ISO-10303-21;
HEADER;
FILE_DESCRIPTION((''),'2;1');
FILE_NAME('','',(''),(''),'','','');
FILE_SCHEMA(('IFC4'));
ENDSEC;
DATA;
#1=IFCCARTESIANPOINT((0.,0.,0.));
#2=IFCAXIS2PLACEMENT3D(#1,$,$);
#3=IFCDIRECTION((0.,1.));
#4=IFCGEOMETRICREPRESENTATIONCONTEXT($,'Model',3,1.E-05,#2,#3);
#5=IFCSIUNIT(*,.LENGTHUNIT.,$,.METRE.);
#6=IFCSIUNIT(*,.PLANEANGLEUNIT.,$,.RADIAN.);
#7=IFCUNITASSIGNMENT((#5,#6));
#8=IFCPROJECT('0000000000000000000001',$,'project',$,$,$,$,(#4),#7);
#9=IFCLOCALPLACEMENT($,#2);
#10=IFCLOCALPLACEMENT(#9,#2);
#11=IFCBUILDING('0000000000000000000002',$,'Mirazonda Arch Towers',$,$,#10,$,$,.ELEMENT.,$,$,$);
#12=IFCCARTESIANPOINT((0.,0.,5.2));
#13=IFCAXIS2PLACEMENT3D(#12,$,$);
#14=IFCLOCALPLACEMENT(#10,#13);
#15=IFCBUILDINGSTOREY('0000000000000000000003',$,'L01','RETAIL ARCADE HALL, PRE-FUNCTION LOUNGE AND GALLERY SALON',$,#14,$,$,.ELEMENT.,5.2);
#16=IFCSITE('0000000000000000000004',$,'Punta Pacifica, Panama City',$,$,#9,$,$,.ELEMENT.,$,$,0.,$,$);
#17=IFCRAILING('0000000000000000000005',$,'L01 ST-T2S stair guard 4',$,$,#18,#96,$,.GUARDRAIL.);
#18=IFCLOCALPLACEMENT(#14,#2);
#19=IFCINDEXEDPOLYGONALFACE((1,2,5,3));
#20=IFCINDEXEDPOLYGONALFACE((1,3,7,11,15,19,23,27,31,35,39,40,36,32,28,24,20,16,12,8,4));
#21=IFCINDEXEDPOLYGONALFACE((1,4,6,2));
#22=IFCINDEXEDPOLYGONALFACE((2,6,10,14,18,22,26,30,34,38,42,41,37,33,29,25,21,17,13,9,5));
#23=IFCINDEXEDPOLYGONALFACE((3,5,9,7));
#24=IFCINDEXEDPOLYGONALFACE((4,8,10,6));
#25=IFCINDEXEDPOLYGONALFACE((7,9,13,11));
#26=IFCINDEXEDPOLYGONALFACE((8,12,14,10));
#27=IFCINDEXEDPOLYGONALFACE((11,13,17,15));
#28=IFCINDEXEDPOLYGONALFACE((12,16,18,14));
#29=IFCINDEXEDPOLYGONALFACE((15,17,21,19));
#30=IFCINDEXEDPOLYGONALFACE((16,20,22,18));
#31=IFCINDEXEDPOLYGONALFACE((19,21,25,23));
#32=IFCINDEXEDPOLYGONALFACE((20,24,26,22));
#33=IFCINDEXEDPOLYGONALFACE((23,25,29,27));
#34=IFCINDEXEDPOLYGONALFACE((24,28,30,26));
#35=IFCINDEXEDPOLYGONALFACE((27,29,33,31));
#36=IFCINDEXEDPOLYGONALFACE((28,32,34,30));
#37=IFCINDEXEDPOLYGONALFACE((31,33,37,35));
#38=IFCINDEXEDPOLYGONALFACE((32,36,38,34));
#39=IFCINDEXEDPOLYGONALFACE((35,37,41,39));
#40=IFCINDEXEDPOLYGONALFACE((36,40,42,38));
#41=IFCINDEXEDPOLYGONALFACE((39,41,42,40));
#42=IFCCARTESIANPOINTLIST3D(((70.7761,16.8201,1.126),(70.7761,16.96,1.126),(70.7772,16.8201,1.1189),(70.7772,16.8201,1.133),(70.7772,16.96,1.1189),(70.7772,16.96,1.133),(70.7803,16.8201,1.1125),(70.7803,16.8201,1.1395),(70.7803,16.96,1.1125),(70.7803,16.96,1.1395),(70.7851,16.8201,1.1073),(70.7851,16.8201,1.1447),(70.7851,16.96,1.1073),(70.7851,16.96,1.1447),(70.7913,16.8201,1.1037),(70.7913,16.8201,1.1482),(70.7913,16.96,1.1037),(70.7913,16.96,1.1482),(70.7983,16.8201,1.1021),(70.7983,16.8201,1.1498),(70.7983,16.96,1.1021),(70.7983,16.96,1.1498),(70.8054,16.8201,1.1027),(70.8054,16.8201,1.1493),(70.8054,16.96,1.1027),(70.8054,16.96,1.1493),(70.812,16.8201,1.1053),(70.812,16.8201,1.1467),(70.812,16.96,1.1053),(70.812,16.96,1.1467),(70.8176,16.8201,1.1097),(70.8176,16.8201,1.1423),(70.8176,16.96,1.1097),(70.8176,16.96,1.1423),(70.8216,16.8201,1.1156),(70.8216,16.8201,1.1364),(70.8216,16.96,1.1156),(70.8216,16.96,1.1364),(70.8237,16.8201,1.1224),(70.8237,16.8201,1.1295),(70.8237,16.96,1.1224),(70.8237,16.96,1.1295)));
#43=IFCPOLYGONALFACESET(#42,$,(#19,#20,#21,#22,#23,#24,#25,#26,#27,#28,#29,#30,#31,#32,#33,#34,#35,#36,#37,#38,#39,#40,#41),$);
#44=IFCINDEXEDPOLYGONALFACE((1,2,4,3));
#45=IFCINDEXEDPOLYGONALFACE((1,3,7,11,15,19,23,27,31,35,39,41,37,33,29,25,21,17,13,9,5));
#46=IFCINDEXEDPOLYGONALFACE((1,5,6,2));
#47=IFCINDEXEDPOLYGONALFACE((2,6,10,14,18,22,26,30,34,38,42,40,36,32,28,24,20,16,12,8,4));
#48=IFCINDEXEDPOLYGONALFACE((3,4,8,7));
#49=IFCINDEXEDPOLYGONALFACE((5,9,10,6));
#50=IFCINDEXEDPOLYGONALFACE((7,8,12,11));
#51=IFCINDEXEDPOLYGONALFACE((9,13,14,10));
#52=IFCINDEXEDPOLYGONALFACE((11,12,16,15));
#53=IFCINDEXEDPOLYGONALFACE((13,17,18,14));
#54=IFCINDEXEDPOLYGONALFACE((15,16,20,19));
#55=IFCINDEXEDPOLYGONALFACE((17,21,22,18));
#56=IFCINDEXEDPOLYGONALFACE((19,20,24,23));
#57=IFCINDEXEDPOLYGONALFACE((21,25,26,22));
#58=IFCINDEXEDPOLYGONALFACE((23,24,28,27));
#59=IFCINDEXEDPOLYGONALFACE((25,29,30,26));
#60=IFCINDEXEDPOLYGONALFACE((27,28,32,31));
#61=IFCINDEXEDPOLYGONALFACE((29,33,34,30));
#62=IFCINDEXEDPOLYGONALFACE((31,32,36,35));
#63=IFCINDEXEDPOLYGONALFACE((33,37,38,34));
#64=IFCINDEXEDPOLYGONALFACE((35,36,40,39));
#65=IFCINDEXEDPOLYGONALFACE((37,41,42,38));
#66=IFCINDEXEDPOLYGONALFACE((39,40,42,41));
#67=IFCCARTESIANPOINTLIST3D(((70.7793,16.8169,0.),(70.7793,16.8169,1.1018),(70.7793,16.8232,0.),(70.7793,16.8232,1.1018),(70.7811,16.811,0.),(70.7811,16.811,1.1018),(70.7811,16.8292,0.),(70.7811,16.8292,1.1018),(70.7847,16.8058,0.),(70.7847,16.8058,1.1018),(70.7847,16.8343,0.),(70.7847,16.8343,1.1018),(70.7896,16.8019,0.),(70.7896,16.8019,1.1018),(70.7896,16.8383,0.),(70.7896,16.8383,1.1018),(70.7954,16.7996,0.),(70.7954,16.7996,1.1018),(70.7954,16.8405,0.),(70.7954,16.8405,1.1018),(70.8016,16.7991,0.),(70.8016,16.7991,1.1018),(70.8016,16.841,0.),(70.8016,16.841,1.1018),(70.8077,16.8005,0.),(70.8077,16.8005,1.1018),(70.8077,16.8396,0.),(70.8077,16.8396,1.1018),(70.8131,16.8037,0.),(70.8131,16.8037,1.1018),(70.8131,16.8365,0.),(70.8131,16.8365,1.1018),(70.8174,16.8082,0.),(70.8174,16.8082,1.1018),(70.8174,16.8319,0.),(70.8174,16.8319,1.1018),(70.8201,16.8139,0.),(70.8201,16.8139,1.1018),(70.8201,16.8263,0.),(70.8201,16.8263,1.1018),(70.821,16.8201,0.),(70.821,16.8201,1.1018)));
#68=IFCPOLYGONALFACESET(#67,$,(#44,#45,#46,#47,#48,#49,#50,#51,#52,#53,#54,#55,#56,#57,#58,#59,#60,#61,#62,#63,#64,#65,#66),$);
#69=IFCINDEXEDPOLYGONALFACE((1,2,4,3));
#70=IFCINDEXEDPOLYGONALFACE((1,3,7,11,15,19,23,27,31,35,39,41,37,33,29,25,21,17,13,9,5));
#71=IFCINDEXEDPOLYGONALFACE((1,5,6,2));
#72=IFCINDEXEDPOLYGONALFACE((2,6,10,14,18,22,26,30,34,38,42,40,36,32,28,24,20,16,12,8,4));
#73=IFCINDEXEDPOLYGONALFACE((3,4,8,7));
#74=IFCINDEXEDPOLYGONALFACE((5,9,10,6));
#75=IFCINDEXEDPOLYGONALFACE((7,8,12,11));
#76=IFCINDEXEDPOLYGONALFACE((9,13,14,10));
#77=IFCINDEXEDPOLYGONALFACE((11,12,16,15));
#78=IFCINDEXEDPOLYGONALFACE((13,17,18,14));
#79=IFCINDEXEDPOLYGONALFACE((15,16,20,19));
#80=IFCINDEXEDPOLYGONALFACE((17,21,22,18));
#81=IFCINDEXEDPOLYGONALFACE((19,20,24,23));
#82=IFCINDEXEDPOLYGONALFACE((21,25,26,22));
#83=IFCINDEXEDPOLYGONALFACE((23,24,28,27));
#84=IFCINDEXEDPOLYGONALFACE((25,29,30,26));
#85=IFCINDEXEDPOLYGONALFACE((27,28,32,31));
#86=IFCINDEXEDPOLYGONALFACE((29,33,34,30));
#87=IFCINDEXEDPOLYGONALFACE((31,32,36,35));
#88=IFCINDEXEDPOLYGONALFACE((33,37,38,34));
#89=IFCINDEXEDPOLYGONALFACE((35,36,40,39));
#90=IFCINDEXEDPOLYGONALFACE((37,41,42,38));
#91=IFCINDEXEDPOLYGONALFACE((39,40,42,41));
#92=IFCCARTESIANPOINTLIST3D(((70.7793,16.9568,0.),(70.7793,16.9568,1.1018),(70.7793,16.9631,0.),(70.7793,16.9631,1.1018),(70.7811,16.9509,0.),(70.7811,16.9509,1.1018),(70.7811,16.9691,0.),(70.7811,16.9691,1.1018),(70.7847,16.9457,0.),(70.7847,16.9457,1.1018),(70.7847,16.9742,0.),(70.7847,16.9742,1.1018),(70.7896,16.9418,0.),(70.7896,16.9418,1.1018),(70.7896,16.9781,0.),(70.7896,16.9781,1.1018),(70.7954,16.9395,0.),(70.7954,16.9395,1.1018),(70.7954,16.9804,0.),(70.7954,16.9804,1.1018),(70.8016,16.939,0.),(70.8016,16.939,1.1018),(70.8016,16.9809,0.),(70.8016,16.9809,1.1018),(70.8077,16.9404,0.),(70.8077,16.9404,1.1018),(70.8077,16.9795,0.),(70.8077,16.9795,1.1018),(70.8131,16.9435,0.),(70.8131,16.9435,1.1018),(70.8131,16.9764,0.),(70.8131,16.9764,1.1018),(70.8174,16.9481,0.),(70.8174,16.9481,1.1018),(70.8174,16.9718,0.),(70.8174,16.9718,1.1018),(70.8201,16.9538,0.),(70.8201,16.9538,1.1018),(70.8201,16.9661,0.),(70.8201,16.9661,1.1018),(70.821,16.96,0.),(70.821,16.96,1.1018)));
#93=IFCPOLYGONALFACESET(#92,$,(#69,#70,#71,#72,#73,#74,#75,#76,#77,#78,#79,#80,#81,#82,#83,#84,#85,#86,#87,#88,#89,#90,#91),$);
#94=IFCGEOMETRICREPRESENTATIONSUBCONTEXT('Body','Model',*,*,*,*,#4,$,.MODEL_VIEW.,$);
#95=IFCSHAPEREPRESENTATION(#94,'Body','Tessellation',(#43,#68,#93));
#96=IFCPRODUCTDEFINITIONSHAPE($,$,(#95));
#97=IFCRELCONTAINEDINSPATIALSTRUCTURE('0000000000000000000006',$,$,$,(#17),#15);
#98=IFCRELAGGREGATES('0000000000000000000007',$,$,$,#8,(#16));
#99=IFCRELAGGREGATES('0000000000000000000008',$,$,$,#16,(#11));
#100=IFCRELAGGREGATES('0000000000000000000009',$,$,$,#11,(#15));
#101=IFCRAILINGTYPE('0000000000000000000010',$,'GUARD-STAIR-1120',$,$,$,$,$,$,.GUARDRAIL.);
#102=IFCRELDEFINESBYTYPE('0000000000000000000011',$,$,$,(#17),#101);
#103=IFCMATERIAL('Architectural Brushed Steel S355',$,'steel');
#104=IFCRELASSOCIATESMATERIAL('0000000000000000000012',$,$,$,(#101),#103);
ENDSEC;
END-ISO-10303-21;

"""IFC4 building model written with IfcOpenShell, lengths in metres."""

from ifc_helpers import new_model, si_unit, direction, frame, origin, origin_2d, place, context, subcontext, project, spatial, circle, extrude, material, type_object, element, save


model = new_model("IFC4")

# Units and contexts
model_context = context("Model", 3, precision=1e-05, world=origin(), true_north=direction((0.0, 1.0)))
body_context = subcontext(model_context, "Body", "Model", "MODEL_VIEW")
ifc_project = project(units=[si_unit("LENGTHUNIT", "METRE"), si_unit("PLANEANGLEUNIT", "RADIAN")], contexts=[model_context])

# Site, building, storey
site_placement = place(None, origin())
site = spatial("IfcSite", under=ifc_project, at=site_placement, Name="Punta Pacifica, Panama City", CompositionType="ELEMENT", RefElevation=0.0)
building_placement = place(site_placement, origin())
building = spatial("IfcBuilding", under=site, at=building_placement, Name="Mirazonda Arch Towers", CompositionType="ELEMENT")
storey_placement = place(building_placement, frame((0.0, 0.0, 5.2)))
storey = spatial("IfcBuildingStorey", under=building, at=storey_placement, Name="L01", Description="RETAIL ARCADE HALL, PRE-FUNCTION LOUNGE AND GALLERY SALON", CompositionType="ELEMENT", Elevation=5.2)

# Shared definitions
ifc_material_1 = material(Name="Architectural Brushed Steel S355", Category="steel")

# Railing
railing_type_1 = type_object("IfcRailingType", Name="GUARD-STAIR-1120", PredefinedType="GUARDRAIL", material=ifc_material_1)
railing_1_placement = place(storey_placement, frame((70.8, 16.8201, 0.0)))
element("IfcRailing", 1, at=railing_1_placement, inside=storey, type_object=railing_type_1, Name="L01 ST-T2S stair guard 4", PredefinedType="GUARDRAIL", context=body_context, shape_type="SweptSolid", body=[
    extrude(circle(Radius=0.0239, at=origin_2d()), frame((0.0, 0.0, 1.126), z_axis=(0.0, 1.0, 0.0), x_axis=(-1.0, 0.0, 0.0)), (0.0, 0.0, 1.0), 0.1399),
    extrude(circle(Radius=0.021, at=origin_2d()), origin(), (0.0, 0.0, 1.0), 1.1018),
    extrude(circle(Radius=0.021, at=origin_2d()), frame((0.0, 0.1399, 0.0)), (0.0, 0.0, 1.0), 1.1018),
])

save(model, "model.ifc")
